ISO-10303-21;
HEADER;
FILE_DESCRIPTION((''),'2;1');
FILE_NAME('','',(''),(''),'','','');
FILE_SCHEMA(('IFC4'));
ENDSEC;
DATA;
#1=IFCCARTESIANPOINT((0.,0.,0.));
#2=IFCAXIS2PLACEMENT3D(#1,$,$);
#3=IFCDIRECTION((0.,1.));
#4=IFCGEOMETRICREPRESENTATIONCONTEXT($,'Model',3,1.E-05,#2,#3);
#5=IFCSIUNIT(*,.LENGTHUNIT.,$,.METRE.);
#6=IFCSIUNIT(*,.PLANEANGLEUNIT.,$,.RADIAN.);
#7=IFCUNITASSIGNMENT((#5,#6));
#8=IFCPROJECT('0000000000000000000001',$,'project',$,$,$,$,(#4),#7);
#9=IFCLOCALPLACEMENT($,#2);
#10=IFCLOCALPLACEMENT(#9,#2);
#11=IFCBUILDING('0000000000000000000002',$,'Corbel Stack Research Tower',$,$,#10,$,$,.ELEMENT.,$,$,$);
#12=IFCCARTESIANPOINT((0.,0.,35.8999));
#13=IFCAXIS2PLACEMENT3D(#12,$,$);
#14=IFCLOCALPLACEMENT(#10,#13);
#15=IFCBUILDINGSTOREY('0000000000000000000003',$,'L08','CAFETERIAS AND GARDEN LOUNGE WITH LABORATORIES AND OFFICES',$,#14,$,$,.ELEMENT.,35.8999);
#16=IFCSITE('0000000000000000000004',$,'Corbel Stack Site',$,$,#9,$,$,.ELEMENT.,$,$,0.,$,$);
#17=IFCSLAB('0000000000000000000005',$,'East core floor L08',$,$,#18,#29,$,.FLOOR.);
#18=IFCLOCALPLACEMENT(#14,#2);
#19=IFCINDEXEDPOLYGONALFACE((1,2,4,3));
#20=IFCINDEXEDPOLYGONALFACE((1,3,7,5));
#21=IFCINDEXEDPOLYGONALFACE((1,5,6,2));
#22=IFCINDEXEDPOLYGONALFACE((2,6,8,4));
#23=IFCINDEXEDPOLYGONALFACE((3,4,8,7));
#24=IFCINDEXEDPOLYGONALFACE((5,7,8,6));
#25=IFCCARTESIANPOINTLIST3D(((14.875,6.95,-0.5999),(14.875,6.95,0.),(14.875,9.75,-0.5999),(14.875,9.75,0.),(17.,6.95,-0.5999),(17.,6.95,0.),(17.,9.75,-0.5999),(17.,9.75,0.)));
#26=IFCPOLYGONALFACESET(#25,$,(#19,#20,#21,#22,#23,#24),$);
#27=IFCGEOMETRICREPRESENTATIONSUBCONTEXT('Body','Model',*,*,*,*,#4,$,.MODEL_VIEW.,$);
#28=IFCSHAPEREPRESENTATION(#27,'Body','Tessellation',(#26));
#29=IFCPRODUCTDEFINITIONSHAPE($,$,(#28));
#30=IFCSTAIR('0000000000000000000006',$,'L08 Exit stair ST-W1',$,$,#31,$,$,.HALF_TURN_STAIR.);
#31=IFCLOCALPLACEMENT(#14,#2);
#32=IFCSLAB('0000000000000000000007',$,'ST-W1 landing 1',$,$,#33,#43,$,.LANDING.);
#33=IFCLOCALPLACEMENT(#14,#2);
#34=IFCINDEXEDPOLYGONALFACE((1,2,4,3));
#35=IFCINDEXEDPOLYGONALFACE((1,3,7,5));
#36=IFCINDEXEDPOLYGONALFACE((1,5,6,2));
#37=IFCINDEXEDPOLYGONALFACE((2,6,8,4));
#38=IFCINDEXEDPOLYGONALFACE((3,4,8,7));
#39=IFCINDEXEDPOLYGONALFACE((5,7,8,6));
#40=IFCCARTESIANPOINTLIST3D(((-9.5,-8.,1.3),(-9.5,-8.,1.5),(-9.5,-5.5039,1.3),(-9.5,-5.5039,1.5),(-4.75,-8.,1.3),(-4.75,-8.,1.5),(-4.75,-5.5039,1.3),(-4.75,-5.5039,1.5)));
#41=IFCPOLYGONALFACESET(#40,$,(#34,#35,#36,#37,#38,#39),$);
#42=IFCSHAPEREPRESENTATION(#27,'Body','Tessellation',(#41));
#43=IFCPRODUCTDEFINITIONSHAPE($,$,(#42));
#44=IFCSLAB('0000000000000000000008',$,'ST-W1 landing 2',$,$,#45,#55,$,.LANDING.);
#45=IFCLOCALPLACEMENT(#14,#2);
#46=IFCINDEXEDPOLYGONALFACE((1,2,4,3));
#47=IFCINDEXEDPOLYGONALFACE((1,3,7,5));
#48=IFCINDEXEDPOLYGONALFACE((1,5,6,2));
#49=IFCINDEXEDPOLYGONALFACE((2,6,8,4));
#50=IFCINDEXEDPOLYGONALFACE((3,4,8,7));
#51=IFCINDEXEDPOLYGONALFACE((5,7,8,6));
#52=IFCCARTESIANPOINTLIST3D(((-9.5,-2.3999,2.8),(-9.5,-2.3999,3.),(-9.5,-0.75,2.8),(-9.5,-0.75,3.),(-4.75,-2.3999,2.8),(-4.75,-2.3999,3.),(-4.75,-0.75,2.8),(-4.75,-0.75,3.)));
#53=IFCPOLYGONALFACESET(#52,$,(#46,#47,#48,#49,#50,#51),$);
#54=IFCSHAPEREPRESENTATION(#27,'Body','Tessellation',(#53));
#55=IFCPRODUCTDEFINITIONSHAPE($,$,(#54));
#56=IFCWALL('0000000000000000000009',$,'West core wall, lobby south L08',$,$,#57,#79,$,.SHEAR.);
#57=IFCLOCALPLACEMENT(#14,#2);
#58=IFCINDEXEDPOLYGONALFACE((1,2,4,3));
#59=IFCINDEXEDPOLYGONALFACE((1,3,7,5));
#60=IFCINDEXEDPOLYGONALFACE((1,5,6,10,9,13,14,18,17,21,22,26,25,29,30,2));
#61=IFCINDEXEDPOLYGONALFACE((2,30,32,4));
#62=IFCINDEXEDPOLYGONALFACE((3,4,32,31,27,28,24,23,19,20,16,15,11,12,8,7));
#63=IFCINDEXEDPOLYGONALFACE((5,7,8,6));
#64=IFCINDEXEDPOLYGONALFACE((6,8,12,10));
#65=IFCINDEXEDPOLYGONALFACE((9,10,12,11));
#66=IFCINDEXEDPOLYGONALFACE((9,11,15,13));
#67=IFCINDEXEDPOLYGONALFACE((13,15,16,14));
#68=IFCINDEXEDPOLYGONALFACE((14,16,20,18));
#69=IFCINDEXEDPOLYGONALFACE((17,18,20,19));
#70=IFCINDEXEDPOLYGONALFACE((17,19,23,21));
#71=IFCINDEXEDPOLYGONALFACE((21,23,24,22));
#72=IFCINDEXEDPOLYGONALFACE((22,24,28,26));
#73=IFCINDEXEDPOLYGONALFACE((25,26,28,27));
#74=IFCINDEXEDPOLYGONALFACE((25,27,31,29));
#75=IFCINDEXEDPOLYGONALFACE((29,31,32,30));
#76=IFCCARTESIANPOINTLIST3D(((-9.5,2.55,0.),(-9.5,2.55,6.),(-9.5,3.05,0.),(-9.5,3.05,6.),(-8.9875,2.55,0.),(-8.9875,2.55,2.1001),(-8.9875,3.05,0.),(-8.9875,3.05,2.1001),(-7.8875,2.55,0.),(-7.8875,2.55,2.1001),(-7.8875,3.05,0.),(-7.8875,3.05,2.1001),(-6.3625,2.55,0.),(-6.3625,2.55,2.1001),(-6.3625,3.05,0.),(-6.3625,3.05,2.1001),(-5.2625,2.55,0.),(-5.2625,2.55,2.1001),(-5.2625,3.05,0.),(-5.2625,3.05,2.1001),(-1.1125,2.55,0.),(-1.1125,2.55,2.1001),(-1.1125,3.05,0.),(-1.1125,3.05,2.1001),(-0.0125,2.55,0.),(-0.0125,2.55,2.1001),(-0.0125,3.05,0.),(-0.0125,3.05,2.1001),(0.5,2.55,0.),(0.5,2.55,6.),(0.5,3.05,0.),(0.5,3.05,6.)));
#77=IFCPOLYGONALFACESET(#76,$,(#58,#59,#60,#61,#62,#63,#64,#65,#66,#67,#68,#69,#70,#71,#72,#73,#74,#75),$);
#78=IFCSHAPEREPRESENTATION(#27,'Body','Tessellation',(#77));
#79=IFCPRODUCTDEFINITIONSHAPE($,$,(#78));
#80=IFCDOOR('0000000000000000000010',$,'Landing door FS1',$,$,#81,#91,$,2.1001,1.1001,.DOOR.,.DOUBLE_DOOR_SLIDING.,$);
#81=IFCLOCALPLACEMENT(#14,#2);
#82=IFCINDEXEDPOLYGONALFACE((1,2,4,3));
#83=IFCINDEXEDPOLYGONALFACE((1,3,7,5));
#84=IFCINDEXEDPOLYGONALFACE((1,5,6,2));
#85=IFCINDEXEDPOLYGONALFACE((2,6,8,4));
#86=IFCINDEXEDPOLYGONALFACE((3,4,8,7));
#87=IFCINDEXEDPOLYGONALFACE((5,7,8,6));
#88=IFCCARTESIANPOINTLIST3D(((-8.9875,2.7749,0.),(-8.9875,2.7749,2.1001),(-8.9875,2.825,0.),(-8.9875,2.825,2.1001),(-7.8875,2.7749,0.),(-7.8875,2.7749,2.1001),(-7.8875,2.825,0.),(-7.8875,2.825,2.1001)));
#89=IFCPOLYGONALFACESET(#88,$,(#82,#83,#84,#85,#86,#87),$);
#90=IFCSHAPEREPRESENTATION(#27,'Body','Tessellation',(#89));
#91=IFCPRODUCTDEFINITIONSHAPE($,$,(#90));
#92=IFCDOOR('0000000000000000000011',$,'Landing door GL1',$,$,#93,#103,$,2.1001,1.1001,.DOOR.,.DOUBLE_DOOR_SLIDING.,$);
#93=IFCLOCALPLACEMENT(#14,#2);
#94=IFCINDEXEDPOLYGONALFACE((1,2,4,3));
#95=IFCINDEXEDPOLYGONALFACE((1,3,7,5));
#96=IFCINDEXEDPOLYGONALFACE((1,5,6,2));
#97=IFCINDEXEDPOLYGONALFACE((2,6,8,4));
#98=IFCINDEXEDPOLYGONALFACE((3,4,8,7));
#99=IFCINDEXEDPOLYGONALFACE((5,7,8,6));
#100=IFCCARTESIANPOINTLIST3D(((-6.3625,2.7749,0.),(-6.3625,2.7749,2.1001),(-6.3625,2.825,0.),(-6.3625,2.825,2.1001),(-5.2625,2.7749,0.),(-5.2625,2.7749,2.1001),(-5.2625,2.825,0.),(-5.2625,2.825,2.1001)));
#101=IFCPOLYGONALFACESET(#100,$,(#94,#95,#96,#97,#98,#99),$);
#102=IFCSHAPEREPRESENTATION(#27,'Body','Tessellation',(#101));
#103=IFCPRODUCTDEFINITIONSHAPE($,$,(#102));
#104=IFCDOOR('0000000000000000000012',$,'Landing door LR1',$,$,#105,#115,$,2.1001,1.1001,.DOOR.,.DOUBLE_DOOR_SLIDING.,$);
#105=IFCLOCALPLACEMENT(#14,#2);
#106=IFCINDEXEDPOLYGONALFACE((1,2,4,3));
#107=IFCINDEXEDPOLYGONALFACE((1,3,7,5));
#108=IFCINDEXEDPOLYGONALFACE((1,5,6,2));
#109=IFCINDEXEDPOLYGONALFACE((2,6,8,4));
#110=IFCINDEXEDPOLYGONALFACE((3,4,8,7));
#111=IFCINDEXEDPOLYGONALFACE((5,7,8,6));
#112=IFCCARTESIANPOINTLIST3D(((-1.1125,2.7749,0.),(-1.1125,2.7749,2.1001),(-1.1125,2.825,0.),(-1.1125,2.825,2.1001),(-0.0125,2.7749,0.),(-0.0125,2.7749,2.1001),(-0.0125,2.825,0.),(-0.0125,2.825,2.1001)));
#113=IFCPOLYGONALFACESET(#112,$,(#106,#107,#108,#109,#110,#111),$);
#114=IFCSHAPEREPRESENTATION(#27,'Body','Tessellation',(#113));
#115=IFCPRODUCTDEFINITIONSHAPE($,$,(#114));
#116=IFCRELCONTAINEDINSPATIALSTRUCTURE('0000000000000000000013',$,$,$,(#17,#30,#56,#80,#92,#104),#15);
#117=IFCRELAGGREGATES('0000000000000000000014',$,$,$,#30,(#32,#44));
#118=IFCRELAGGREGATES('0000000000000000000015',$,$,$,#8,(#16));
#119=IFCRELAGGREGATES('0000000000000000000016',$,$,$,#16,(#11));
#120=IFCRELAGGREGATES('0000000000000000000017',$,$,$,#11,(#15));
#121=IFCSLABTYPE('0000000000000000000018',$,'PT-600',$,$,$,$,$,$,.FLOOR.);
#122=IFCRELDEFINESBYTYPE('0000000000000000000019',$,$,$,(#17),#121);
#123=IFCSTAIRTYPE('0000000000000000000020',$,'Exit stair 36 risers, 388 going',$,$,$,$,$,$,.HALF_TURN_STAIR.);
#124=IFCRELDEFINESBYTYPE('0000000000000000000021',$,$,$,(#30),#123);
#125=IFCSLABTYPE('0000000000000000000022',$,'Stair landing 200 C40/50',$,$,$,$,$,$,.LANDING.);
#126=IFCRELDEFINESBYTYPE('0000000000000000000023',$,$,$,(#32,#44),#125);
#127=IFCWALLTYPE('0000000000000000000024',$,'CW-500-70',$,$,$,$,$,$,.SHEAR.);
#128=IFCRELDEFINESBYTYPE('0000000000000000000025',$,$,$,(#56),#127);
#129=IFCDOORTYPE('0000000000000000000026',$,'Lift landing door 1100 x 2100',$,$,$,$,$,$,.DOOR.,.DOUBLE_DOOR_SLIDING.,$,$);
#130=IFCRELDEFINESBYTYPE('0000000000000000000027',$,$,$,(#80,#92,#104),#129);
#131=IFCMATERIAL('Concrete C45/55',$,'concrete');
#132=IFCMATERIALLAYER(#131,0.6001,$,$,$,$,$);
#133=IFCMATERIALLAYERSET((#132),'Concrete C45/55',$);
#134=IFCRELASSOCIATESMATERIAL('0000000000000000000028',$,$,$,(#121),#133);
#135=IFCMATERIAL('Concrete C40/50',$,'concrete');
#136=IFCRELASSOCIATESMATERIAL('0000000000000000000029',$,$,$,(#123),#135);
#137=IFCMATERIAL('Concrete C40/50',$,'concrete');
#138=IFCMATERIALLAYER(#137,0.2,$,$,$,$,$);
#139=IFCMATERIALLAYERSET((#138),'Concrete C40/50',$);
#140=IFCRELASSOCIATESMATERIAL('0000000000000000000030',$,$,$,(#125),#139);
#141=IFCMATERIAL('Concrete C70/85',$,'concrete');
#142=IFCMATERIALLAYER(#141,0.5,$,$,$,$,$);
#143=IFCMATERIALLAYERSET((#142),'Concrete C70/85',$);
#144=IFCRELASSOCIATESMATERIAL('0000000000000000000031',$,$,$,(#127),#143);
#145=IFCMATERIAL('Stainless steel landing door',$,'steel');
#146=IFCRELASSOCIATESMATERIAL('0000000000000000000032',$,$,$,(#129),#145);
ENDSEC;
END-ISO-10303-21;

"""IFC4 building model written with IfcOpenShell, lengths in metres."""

from ifc_helpers import new_model, si_unit, direction, frame, frame_2d, origin, place, context, subcontext, project, spatial, polyline, rectangle, outline, extrude, material, layer, layer_set, type_object, element, fill, aggregate, save


model = new_model("IFC4")

# Units and contexts
model_context = context("Model", 3, precision=1e-05, world=origin(), true_north=direction((0.0, 1.0)))
body_context = subcontext(model_context, "Body", "Model", "MODEL_VIEW")
ifc_project = project(units=[si_unit("LENGTHUNIT", "METRE"), si_unit("PLANEANGLEUNIT", "RADIAN")], contexts=[model_context])

# Site, building, storey
site_placement = place(None, origin())
site = spatial("IfcSite", under=ifc_project, at=site_placement, Name="Corbel Stack Site", CompositionType="ELEMENT", RefElevation=0.0)
building_placement = place(site_placement, origin())
building = spatial("IfcBuilding", under=site, at=building_placement, Name="Corbel Stack Research Tower", CompositionType="ELEMENT")
storey_placement = place(building_placement, frame((0.0, 0.0, 35.8999)))
storey = spatial("IfcBuildingStorey", under=building, at=storey_placement, Name="L08", Description="CAFETERIAS AND GARDEN LOUNGE WITH LABORATORIES AND OFFICES", CompositionType="ELEMENT", Elevation=35.8999)

# Slab
ifc_material_1 = material(Name="Concrete C45/55", Category="concrete")
ifc_layer_1 = layer(ifc_material_1, 0.6001)
ifc_layer_set_1 = layer_set([ifc_layer_1], Name="Concrete C45/55")
slab_type_1 = type_object("IfcSlabType", Name="PT-600", PredefinedType="FLOOR", material=ifc_layer_set_1)
slab_1_placement = place(storey_placement, frame((0.0, 0.0, -0.5999)))
element("IfcSlab", 1, at=slab_1_placement, inside=storey, type_object=slab_type_1, Name="East core floor L08", PredefinedType="FLOOR", context=body_context, shape_type="SweptSolid", body=[
    extrude(outline(polyline([(17.0, 6.95), (17.0, 9.75), (14.875, 9.75), (14.875, 6.95), (17.0, 6.95)])), origin(), (0.0, 0.0, 1.0), 0.5999),
])

# Stair, slabs
ifc_material_2 = material(Name="Concrete C40/50", Category="concrete")
stair_type = type_object("IfcStairType", Name="Exit stair 36 risers, 388 going", PredefinedType="HALF_TURN_STAIR", material=ifc_material_2)
stair_placement = place(storey_placement, origin())
stair = element("IfcStair", 2, at=stair_placement, inside=storey, type_object=stair_type, Name="L08 Exit stair ST-W1", PredefinedType="HALF_TURN_STAIR")
ifc_material_3 = material(Name="Concrete C40/50", Category="concrete")
ifc_layer_2 = layer(ifc_material_3, 0.2)
ifc_layer_set_2 = layer_set([ifc_layer_2], Name="Concrete C40/50")
slab_type_2 = type_object("IfcSlabType", Name="Stair landing 200 C40/50", PredefinedType="LANDING", material=ifc_layer_set_2)
slab_2_placement = place(storey_placement, frame((0.0, 0.0, 1.3)))
slab_2 = element("IfcSlab", 3, at=slab_2_placement, type_object=slab_type_2, Name="ST-W1 landing 1", PredefinedType="LANDING", context=body_context, shape_type="SweptSolid", body=[
    extrude(outline(polyline([(-9.5, -8.0), (-9.5, -5.5039), (-4.75, -5.5039), (-4.75, -8.0), (-9.5, -8.0)])), origin(), (0.0, 0.0, 1.0), 0.2),
])
slab_3_placement = place(storey_placement, frame((0.0, 0.0, 2.8)))
slab_3 = element("IfcSlab", 4, at=slab_3_placement, type_object=slab_type_2, Name="ST-W1 landing 2", PredefinedType="LANDING", context=body_context, shape_type="SweptSolid", body=[
    extrude(outline(polyline([(-9.5, -2.3999), (-9.5, -0.75), (-4.75, -0.75), (-4.75, -2.3999), (-9.5, -2.3999)])), origin(), (0.0, 0.0, 1.0), 0.2),
])
aggregate(stair, [slab_2, slab_3])

# Wall, openings, doors
ifc_material_4 = material(Name="Concrete C70/85", Category="concrete")
ifc_layer_3 = layer(ifc_material_4, 0.5)
ifc_layer_set_3 = layer_set([ifc_layer_3], Name="Concrete C70/85")
wall_type = type_object("IfcWallType", Name="CW-500-70", PredefinedType="SHEAR", material=ifc_layer_set_3)
wall_1_placement = place(storey_placement, frame((-9.5, 2.8, 0.0), z_axis=(0.0, 0.0, 1.0), x_axis=(1.0, 0.0, 0.0)))
wall_1 = element("IfcWall", 5, at=wall_1_placement, inside=storey, type_object=wall_type, Name="West core wall, lobby south L08", PredefinedType="SHEAR", context=body_context, shape_type="SweptSolid", body=[
    extrude(rectangle(XDim=10.0, YDim=0.5, at=frame_2d((5.0, 0.0))), origin(), (0.0, 0.0, 1.0), 6.0),
])
opening_1_placement = place(wall_1_placement, frame((0.5125, 0.0, 0.0)))
opening_1 = element("IfcOpeningElement", 6, at=opening_1_placement, cuts=wall_1, PredefinedType="OPENING", context=body_context, shape_type="SweptSolid", body=[
    extrude(rectangle(XDim=1.1001, YDim=2.1001, at=frame_2d((0.55, 1.05))), frame((0.0, 0.26, 0.0), z_axis=(0.0, -1.0, 0.0), x_axis=(1.0, 0.0, 0.0)), (0.0, 0.0, 1.0), 0.52),
])
opening_2_placement = place(wall_1_placement, frame((3.1375, 0.0, 0.0)))
opening_2 = element("IfcOpeningElement", 7, at=opening_2_placement, cuts=wall_1, PredefinedType="OPENING", context=body_context, shape_type="SweptSolid", body=[
    extrude(rectangle(XDim=1.1001, YDim=2.1001, at=frame_2d((0.55, 1.05))), frame((0.0, 0.26, 0.0), z_axis=(0.0, -1.0, 0.0), x_axis=(1.0, 0.0, 0.0)), (0.0, 0.0, 1.0), 0.52),
])
opening_3_placement = place(wall_1_placement, frame((8.3875, 0.0, 0.0)))
opening_3 = element("IfcOpeningElement", 8, at=opening_3_placement, cuts=wall_1, PredefinedType="OPENING", context=body_context, shape_type="SweptSolid", body=[
    extrude(rectangle(XDim=1.1001, YDim=2.1001, at=frame_2d((0.55, 1.05))), frame((0.0, 0.26, 0.0), z_axis=(0.0, -1.0, 0.0), x_axis=(1.0, 0.0, 0.0)), (0.0, 0.0, 1.0), 0.52),
])
ifc_material_5 = material(Name="Stainless steel landing door", Category="steel")
door_type_1 = type_object("IfcDoorType", Name="Lift landing door 1100 x 2100", OperationType="DOUBLE_DOOR_SLIDING", PredefinedType="DOOR", material=ifc_material_5)
door_1_placement = place(opening_1_placement, origin())
door_1 = element("IfcDoor", 9, at=door_1_placement, inside=storey, type_object=door_type_1, Name="Landing door FS1", OperationType="DOUBLE_DOOR_SLIDING", OverallHeight=2.1001, OverallWidth=1.1001, PredefinedType="DOOR", context=body_context, shape_type="SweptSolid", body=[
    extrude(rectangle(XDim=1.1001, YDim=2.1001, at=frame_2d((0.55, 1.05))), frame((0.0, 0.0249, 0.0), z_axis=(0.0, -1.0, 0.0), x_axis=(1.0, 0.0, 0.0)), (0.0, 0.0, 1.0), 0.05),
])
fill(opening_1, door_1)
door_2_placement = place(opening_2_placement, origin())
door_2 = element("IfcDoor", 10, at=door_2_placement, inside=storey, type_object=door_type_1, Name="Landing door GL1", OperationType="DOUBLE_DOOR_SLIDING", OverallHeight=2.1001, OverallWidth=1.1001, PredefinedType="DOOR", context=body_context, shape_type="SweptSolid", body=[
    extrude(rectangle(XDim=1.1001, YDim=2.1001, at=frame_2d((0.55, 1.05))), frame((0.0, 0.0249, 0.0), z_axis=(0.0, -1.0, 0.0), x_axis=(1.0, 0.0, 0.0)), (0.0, 0.0, 1.0), 0.05),
])
fill(opening_2, door_2)
door_3_placement = place(opening_3_placement, origin())
door_3 = element("IfcDoor", 11, at=door_3_placement, inside=storey, type_object=door_type_1, Name="Landing door LR1", OperationType="DOUBLE_DOOR_SLIDING", OverallHeight=2.1001, OverallWidth=1.1001, PredefinedType="DOOR", context=body_context, shape_type="SweptSolid", body=[
    extrude(rectangle(XDim=1.1001, YDim=2.1001, at=frame_2d((0.55, 1.05))), frame((0.0, 0.0249, 0.0), z_axis=(0.0, -1.0, 0.0), x_axis=(1.0, 0.0, 0.0)), (0.0, 0.0, 1.0), 0.05),
])
fill(opening_3, door_3)

save(model, "model.ifc")
